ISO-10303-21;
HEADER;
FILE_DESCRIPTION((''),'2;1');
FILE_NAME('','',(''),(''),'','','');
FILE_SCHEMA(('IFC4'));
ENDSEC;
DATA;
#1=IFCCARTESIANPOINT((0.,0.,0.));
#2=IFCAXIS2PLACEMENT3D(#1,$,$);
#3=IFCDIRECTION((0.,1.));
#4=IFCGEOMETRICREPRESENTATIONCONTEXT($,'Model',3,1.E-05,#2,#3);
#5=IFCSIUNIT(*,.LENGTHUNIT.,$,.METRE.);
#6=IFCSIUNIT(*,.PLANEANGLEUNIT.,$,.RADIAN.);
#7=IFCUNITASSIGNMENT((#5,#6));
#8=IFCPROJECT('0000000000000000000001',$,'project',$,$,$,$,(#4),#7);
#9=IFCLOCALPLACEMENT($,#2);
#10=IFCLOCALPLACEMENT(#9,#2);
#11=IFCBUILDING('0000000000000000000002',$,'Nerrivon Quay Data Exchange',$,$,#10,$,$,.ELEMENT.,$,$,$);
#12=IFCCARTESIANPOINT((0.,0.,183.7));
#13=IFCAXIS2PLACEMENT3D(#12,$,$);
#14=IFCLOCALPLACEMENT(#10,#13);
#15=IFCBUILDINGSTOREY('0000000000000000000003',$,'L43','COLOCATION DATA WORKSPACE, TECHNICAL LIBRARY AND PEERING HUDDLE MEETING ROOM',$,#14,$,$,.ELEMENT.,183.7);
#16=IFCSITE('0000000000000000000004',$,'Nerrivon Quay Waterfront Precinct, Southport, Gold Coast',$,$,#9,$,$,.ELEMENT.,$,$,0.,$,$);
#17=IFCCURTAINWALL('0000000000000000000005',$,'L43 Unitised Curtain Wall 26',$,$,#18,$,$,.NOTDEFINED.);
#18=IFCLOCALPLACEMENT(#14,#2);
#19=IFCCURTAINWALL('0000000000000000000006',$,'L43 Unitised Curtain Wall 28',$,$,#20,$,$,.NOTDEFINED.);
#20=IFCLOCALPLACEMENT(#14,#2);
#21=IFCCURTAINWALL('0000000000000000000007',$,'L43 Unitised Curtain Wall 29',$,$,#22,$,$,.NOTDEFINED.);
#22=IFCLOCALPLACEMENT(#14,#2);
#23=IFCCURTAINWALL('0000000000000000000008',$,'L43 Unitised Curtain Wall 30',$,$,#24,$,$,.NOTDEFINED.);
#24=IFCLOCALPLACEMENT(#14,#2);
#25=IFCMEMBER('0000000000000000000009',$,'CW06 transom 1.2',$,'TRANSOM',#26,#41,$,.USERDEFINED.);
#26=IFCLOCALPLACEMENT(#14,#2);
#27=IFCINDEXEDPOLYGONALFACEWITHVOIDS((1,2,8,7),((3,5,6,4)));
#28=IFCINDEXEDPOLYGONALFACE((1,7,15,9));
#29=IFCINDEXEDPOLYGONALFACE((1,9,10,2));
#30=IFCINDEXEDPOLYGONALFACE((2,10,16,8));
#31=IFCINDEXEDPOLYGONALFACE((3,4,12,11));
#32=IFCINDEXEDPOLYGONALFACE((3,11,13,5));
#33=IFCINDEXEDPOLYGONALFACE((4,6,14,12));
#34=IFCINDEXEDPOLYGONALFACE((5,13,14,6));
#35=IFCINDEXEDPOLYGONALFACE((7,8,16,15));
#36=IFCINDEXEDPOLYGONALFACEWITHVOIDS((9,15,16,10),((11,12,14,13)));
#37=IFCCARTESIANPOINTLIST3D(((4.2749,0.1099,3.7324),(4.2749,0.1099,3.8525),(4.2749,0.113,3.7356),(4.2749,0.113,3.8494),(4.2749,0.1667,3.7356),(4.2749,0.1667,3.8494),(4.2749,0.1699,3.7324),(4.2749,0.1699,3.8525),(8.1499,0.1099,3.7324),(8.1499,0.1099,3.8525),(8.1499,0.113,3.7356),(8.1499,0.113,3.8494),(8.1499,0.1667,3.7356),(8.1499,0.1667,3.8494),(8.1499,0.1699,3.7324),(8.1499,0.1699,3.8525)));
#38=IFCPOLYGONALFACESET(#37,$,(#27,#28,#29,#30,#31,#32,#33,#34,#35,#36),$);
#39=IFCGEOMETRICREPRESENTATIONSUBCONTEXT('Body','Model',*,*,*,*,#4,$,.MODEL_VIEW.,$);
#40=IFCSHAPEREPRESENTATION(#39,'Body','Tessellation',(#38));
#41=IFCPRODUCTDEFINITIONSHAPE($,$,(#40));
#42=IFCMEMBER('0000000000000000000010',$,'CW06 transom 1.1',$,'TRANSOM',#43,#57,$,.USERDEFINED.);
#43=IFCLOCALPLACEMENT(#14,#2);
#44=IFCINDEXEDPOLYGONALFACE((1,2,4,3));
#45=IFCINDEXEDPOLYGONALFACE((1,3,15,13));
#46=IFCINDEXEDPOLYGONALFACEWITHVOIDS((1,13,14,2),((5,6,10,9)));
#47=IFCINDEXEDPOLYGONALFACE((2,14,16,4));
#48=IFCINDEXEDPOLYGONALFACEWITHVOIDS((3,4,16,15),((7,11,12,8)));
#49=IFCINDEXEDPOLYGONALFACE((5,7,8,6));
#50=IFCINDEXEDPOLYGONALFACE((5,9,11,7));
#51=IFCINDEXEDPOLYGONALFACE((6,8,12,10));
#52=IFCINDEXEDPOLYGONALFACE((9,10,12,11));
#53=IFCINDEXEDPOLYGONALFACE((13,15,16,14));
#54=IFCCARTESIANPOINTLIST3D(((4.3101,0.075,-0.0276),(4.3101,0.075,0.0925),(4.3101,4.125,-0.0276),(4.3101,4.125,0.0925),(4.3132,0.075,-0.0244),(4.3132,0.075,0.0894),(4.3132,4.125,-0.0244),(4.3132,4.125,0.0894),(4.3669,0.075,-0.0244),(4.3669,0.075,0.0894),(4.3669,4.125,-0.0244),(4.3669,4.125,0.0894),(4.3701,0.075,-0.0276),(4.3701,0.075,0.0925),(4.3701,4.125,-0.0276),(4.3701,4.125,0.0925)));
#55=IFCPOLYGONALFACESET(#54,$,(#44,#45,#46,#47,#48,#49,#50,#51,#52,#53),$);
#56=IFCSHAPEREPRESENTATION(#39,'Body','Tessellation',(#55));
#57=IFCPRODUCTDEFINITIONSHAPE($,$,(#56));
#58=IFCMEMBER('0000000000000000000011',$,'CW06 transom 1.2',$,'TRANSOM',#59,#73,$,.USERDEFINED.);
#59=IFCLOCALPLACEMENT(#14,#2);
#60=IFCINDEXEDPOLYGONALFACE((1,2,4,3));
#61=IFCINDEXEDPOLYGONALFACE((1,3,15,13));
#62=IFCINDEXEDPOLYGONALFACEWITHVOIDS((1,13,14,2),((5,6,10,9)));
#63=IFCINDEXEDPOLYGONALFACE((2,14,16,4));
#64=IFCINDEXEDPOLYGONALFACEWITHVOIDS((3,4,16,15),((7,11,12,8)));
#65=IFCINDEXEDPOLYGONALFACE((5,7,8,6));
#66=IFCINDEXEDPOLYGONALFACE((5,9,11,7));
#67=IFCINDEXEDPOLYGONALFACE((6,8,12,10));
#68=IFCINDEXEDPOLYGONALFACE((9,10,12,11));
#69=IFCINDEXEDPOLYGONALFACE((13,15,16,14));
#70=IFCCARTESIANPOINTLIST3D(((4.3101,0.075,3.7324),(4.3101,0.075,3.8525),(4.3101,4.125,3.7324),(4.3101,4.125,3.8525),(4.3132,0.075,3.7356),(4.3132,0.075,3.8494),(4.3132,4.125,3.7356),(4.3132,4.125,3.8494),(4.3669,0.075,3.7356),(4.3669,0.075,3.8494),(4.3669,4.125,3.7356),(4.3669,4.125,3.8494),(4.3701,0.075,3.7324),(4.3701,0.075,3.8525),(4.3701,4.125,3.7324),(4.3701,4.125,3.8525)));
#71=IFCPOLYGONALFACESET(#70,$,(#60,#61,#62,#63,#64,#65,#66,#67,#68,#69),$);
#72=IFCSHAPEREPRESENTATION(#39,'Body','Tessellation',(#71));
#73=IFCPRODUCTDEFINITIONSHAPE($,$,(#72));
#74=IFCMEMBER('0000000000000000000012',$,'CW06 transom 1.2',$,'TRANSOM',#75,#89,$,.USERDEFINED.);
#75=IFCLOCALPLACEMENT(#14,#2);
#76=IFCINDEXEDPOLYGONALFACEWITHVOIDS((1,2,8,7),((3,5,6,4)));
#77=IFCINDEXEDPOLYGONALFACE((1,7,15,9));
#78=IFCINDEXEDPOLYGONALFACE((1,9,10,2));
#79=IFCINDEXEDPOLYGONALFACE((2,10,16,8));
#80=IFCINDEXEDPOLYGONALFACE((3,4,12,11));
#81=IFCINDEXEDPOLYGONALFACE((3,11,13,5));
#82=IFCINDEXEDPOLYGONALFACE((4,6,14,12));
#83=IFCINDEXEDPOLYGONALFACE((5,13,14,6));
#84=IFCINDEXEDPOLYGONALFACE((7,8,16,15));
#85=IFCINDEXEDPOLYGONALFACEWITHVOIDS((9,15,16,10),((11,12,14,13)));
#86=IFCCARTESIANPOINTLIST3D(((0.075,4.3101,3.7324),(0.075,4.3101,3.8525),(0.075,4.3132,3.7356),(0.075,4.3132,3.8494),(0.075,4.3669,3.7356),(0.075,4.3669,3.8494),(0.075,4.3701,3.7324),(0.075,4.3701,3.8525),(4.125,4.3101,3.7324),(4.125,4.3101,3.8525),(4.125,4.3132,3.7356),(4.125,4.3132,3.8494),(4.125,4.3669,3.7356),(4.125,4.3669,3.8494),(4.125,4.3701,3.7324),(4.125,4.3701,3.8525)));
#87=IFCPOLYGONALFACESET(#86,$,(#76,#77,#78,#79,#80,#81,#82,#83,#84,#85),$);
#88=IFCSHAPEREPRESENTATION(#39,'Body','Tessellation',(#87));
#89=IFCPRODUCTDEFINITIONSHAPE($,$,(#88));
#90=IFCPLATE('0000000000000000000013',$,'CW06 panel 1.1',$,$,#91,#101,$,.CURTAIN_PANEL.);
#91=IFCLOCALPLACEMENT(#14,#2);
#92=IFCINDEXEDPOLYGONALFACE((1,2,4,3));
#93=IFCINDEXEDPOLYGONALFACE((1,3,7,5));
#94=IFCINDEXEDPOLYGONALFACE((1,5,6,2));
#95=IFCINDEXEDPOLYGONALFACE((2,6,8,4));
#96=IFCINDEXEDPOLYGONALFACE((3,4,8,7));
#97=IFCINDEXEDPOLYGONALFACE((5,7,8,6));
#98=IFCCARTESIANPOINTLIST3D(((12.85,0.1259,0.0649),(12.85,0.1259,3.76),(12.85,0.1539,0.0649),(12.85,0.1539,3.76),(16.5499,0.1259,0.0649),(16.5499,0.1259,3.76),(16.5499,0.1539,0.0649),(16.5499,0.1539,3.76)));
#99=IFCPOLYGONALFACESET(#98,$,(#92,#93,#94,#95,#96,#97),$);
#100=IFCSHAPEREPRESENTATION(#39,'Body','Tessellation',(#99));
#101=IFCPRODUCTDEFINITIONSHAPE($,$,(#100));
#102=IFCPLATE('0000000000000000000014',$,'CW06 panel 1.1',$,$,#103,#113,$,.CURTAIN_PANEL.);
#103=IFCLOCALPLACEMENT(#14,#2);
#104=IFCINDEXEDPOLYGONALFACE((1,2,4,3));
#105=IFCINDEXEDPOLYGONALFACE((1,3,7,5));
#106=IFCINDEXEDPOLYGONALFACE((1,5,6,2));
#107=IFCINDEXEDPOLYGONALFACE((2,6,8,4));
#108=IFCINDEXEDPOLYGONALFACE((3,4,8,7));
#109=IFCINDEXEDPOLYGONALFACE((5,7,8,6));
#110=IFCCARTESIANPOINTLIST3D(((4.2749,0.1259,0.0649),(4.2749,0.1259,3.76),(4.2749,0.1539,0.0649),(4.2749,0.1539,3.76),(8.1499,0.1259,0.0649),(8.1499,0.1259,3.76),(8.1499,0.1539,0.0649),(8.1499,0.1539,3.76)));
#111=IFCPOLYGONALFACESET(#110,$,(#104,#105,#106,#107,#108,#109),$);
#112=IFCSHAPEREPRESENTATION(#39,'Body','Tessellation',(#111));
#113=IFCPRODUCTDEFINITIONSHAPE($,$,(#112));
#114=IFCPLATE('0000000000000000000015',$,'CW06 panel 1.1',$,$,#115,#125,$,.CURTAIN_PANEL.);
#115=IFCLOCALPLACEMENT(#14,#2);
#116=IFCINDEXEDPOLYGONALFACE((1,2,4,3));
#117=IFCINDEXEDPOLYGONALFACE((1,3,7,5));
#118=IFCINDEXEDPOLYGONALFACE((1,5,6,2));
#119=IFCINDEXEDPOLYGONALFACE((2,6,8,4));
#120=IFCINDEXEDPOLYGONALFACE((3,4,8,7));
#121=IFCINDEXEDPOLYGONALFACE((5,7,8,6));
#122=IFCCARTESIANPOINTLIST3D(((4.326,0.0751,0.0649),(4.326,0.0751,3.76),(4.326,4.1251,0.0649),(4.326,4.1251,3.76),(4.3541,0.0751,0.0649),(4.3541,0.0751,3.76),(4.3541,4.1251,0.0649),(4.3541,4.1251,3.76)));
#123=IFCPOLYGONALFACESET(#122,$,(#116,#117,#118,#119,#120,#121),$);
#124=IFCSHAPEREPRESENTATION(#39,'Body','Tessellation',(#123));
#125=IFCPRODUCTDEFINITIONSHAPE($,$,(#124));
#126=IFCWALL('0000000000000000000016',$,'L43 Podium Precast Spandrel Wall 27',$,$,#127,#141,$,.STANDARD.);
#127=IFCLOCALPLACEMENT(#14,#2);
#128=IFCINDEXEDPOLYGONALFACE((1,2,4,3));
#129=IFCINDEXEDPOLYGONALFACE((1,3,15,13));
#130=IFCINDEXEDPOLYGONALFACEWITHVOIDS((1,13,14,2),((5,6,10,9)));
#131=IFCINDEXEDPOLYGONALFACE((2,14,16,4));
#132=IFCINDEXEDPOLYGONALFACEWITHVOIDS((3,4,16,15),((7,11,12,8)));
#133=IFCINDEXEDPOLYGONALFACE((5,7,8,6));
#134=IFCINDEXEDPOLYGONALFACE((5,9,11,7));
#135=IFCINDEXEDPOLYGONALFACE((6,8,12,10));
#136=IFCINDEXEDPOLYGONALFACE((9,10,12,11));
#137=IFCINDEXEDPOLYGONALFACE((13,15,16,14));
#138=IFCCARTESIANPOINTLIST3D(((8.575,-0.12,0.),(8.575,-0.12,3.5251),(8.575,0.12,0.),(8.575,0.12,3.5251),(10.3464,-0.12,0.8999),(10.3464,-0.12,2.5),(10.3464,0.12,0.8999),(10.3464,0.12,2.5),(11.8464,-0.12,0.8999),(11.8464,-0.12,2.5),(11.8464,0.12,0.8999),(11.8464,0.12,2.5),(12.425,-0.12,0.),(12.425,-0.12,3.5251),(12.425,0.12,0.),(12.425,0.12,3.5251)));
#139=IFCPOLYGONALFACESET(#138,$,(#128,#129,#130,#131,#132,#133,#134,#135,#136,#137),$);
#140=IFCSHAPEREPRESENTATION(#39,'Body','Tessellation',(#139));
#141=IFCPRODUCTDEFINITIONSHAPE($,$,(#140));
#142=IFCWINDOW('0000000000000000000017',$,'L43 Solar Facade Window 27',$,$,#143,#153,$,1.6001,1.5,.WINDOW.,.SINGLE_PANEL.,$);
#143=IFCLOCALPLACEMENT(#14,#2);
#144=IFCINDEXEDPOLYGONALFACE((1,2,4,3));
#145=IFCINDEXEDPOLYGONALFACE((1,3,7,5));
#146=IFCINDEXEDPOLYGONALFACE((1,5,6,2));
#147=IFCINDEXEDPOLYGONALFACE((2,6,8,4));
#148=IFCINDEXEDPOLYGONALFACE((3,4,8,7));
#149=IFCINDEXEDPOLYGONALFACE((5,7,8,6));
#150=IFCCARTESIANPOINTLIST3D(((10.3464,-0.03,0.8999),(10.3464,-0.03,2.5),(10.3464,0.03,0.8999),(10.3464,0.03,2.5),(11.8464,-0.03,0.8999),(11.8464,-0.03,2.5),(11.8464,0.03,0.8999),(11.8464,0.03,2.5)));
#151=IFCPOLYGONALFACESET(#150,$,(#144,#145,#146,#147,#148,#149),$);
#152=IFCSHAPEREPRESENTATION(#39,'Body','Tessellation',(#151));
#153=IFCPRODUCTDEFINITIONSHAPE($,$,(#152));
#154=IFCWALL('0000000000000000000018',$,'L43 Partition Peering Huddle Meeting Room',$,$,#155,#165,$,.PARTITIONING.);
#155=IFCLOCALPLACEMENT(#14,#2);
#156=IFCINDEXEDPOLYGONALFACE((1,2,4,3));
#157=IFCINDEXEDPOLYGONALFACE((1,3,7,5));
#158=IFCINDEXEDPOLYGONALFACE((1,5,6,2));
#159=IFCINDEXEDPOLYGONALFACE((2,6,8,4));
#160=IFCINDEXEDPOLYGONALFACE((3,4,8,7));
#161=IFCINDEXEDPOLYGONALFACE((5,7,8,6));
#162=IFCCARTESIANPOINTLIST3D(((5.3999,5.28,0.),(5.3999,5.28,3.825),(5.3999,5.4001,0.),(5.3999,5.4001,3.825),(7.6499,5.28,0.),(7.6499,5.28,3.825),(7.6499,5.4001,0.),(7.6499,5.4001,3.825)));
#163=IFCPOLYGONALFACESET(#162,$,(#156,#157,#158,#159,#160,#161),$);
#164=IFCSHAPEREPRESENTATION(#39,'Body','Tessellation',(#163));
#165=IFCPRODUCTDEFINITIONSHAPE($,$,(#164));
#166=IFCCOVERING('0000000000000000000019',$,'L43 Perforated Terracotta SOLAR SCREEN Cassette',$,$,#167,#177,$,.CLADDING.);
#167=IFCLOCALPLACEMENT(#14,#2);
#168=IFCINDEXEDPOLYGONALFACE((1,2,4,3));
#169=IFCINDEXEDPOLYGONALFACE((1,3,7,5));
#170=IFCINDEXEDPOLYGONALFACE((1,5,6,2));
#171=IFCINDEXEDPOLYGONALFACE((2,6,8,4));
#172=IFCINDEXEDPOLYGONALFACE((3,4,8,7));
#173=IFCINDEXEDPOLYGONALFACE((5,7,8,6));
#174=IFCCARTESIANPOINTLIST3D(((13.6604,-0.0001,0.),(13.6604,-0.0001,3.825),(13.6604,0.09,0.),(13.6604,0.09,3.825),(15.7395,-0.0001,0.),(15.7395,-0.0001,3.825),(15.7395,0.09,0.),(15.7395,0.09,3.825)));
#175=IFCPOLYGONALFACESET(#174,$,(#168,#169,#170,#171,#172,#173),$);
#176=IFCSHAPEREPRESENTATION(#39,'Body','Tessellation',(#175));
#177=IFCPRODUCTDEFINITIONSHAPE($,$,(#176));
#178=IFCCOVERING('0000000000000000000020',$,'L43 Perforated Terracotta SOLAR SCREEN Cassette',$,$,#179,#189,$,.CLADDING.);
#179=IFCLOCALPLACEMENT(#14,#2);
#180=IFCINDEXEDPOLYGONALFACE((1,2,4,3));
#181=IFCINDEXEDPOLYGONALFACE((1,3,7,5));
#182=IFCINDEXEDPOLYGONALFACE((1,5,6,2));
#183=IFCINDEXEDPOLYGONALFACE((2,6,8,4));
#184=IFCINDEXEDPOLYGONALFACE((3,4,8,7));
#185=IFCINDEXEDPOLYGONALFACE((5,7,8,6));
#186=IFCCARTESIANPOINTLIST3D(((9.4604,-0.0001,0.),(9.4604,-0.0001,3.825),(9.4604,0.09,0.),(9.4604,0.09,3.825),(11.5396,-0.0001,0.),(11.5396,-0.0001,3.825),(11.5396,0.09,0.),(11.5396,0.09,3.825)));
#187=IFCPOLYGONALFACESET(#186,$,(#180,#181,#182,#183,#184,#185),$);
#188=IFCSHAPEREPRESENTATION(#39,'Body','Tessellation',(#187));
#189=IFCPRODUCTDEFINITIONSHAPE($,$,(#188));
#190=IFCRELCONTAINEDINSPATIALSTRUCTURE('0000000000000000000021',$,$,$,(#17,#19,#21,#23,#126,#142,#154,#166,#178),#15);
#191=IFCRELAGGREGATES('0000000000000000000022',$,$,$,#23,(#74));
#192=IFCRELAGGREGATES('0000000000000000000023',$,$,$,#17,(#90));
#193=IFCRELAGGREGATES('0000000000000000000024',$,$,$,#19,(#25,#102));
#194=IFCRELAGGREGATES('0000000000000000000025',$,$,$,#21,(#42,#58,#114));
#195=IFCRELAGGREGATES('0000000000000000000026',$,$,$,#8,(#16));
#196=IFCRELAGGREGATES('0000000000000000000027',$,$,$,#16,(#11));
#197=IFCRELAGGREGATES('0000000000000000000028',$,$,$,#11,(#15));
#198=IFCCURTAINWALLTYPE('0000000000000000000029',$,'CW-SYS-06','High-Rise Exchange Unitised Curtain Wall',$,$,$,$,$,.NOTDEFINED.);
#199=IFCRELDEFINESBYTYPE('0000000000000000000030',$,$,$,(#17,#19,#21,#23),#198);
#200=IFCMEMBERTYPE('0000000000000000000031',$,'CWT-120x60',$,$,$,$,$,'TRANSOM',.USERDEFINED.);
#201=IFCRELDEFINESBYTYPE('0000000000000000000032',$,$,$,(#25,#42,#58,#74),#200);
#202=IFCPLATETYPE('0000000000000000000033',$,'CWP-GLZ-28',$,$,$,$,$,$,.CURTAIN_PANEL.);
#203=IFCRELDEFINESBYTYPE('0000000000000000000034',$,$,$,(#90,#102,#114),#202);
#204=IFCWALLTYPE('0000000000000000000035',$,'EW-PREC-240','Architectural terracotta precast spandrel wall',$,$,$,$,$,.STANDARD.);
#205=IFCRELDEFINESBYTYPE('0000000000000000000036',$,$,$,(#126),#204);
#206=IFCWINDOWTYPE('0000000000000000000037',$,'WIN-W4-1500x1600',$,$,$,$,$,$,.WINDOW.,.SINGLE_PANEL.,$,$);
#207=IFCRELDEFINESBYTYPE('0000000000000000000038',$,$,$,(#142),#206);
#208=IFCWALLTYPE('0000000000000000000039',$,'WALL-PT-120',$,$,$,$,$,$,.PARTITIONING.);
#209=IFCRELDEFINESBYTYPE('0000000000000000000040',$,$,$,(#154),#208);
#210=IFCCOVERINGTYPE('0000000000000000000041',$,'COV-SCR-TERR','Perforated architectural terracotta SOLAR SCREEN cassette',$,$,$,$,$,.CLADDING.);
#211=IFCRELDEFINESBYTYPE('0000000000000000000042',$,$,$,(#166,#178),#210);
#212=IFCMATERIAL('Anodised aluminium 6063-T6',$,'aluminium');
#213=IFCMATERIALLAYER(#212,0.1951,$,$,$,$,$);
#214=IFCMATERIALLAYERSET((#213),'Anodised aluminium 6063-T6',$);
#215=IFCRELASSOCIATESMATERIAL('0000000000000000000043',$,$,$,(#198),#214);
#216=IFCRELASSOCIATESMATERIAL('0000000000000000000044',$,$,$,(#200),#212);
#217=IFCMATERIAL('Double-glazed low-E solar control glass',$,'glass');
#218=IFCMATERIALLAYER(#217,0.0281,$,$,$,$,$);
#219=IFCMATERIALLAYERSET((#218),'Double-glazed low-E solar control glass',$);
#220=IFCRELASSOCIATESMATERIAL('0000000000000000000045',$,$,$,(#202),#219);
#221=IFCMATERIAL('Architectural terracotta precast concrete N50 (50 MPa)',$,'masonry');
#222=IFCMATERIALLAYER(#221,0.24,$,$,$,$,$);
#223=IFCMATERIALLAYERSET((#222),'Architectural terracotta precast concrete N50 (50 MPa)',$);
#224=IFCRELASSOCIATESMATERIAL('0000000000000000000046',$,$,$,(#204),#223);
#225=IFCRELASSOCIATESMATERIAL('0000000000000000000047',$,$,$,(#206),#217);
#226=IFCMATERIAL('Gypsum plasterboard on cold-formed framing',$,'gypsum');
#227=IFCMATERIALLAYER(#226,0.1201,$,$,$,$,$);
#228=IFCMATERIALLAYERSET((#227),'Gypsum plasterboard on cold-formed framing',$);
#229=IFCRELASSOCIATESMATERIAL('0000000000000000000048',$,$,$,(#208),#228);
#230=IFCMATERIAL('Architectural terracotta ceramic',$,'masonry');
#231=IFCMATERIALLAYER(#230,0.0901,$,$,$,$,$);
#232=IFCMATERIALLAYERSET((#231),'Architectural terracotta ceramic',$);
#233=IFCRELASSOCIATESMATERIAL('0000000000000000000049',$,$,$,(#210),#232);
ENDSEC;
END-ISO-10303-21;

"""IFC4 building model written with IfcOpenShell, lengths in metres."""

from ifc_helpers import new_model, si_unit, direction, frame, frame_2d, origin, origin_2d, place, context, subcontext, project, spatial, rectangle, hollow_rectangle, extrude, material, layer, layer_set, material_profile, profile_set, type_object, element, fill, aggregate, save


model = new_model("IFC4")

# Units and contexts
model_context = context("Model", 3, precision=1e-05, world=origin(), true_north=direction((0.0, 1.0)))
body_context = subcontext(model_context, "Body", "Model", "MODEL_VIEW")
ifc_project = project(units=[si_unit("LENGTHUNIT", "METRE"), si_unit("PLANEANGLEUNIT", "RADIAN")], contexts=[model_context])

# Site, building, storey
site_placement = place(None, origin())
site = spatial("IfcSite", under=ifc_project, at=site_placement, Name="Nerrivon Quay Waterfront Precinct, Southport, Gold Coast", CompositionType="ELEMENT", RefElevation=0.0)
building_placement = place(site_placement, origin())
building = spatial("IfcBuilding", under=site, at=building_placement, Name="Nerrivon Quay Data Exchange", CompositionType="ELEMENT")
storey_placement = place(building_placement, frame((0.0, 0.0, 183.7)))
storey = spatial("IfcBuildingStorey", under=building, at=storey_placement, Name="L43", Description="COLOCATION DATA WORKSPACE, TECHNICAL LIBRARY AND PEERING HUDDLE MEETING ROOM", CompositionType="ELEMENT", Elevation=183.7)

# Curtain wall
ifc_material_1 = material(Name="Anodised aluminium 6063-T6", Category="aluminium")
ifc_layer_1 = layer(ifc_material_1, 0.1951)
ifc_layer_set_1 = layer_set([ifc_layer_1], Name="Anodised aluminium 6063-T6")
curtain_wall_type = type_object("IfcCurtainWallType", Name="CW-SYS-06", Description="High-Rise Exchange Unitised Curtain Wall", PredefinedType="NOTDEFINED", material=ifc_layer_set_1)
curtain_wall_1_placement = place(storey_placement, origin())
curtain_wall_1 = element("IfcCurtainWall", 1, at=curtain_wall_1_placement, inside=storey, type_object=curtain_wall_type, Name="L43 Unitised Curtain Wall 26", PredefinedType="NOTDEFINED")

# Curtain walls
curtain_wall_2_placement = place(storey_placement, origin())
curtain_wall_2 = element("IfcCurtainWall", 2, at=curtain_wall_2_placement, inside=storey, type_object=curtain_wall_type, Name="L43 Unitised Curtain Wall 28", PredefinedType="NOTDEFINED")
curtain_wall_3_placement = place(storey_placement, origin())
curtain_wall_3 = element("IfcCurtainWall", 3, at=curtain_wall_3_placement, inside=storey, type_object=curtain_wall_type, Name="L43 Unitised Curtain Wall 29", PredefinedType="NOTDEFINED")

# Curtain wall
curtain_wall_4_placement = place(storey_placement, origin())
curtain_wall_4 = element("IfcCurtainWall", 4, at=curtain_wall_4_placement, inside=storey, type_object=curtain_wall_type, Name="L43 Unitised Curtain Wall 30", PredefinedType="NOTDEFINED")

# Members
ifc_material_profile_1 = material_profile(ifc_material_1, hollow_rectangle(XDim=0.0601, YDim=0.1201, WallThickness=0.0032, at=origin_2d()), Name="ALU-TRAN-120x60")
ifc_profile_set_1 = profile_set([ifc_material_profile_1], Name="Anodised aluminium 6063-T6")
member_type_1 = type_object("IfcMemberType", Name="CWT-120x60", ElementType="TRANSOM", PredefinedType="USERDEFINED", material=ifc_profile_set_1)
member_1_placement = place(storey_placement, frame((8.1499, 0.1399, 3.7925), z_axis=(-1.0, 0.0, 0.0), x_axis=(0.0, -1.0, 0.0)))
member_1 = element("IfcMember", 5, at=member_1_placement, type_object=member_type_1, Name="CW06 transom 1.2", ObjectType="TRANSOM", PredefinedType="USERDEFINED", context=body_context, shape_type="SweptSolid", body=[
    extrude(hollow_rectangle(XDim=0.0601, YDim=0.1201, WallThickness=0.0032, at=origin_2d()), origin(), (0.0, 0.0, 1.0), 3.875),
])
member_2_placement = place(storey_placement, frame((4.3401, 0.075, 0.0325), z_axis=(0.0, 1.0, 0.0), x_axis=(-1.0, 0.0, 0.0)))
member_2 = element("IfcMember", 6, at=member_2_placement, type_object=member_type_1, Name="CW06 transom 1.1", ObjectType="TRANSOM", PredefinedType="USERDEFINED", context=body_context, shape_type="SweptSolid", body=[
    extrude(hollow_rectangle(XDim=0.0601, YDim=0.1201, WallThickness=0.0032, at=origin_2d()), origin(), (0.0, 0.0, 1.0), 4.05),
])
member_3_placement = place(storey_placement, frame((4.3401, 0.075, 3.7925), z_axis=(0.0, 1.0, 0.0), x_axis=(-1.0, 0.0, 0.0)))
member_3 = element("IfcMember", 7, at=member_3_placement, type_object=member_type_1, Name="CW06 transom 1.2", ObjectType="TRANSOM", PredefinedType="USERDEFINED", context=body_context, shape_type="SweptSolid", body=[
    extrude(hollow_rectangle(XDim=0.0601, YDim=0.1201, WallThickness=0.0032, at=origin_2d()), origin(), (0.0, 0.0, 1.0), 4.05),
])
member_4_placement = place(storey_placement, frame((4.125, 4.3401, 3.7925), z_axis=(-1.0, 0.0, 0.0), x_axis=(0.0, -1.0, 0.0)))
member_4 = element("IfcMember", 8, at=member_4_placement, type_object=member_type_1, Name="CW06 transom 1.2", ObjectType="TRANSOM", PredefinedType="USERDEFINED", context=body_context, shape_type="SweptSolid", body=[
    extrude(hollow_rectangle(XDim=0.0601, YDim=0.1201, WallThickness=0.0032, at=origin_2d()), origin(), (0.0, 0.0, 1.0), 4.05),
])
aggregate(curtain_wall_4, [member_4])

# Plates
ifc_material_2 = material(Name="Double-glazed low-E solar control glass", Category="glass")
ifc_layer_2 = layer(ifc_material_2, 0.0281)
ifc_layer_set_2 = layer_set([ifc_layer_2], Name="Double-glazed low-E solar control glass")
plate_type = type_object("IfcPlateType", Name="CWP-GLZ-28", PredefinedType="CURTAIN_PANEL", material=ifc_layer_set_2)
plate_1_placement = place(storey_placement, frame((14.7, 0.1399, 0.0649), z_axis=(0.0, 0.0, 1.0), x_axis=(-1.0, 0.0, 0.0)))
plate_1 = element("IfcPlate", 9, at=plate_1_placement, type_object=plate_type, Name="CW06 panel 1.1", PredefinedType="CURTAIN_PANEL", context=body_context, shape_type="SweptSolid", body=[
    extrude(rectangle(XDim=3.7, YDim=0.0281, at=origin_2d()), origin(), (0.0, 0.0, 1.0), 3.6951),
])
aggregate(curtain_wall_1, [plate_1])
plate_2_placement = place(storey_placement, frame((6.2124, 0.1399, 0.0649), z_axis=(0.0, 0.0, 1.0), x_axis=(-1.0, 0.0, 0.0)))
plate_2 = element("IfcPlate", 10, at=plate_2_placement, type_object=plate_type, Name="CW06 panel 1.1", PredefinedType="CURTAIN_PANEL", context=body_context, shape_type="SweptSolid", body=[
    extrude(rectangle(XDim=3.875, YDim=0.0281, at=origin_2d()), origin(), (0.0, 0.0, 1.0), 3.6951),
])
aggregate(curtain_wall_2, [member_1, plate_2])
plate_3_placement = place(storey_placement, frame((4.3401, 2.1001, 0.0649), z_axis=(0.0, 0.0, 1.0), x_axis=(0.0, 1.0, 0.0)))
plate_3 = element("IfcPlate", 11, at=plate_3_placement, type_object=plate_type, Name="CW06 panel 1.1", PredefinedType="CURTAIN_PANEL", context=body_context, shape_type="SweptSolid", body=[
    extrude(rectangle(XDim=4.05, YDim=0.0281, at=origin_2d()), origin(), (0.0, 0.0, 1.0), 3.6951),
])
aggregate(curtain_wall_3, [member_2, member_3, plate_3])

# Wall, opening, window
ifc_material_3 = material(Name="Architectural terracotta precast concrete N50 (50 MPa)", Category="masonry")
ifc_layer_3 = layer(ifc_material_3, 0.24)
ifc_layer_set_3 = layer_set([ifc_layer_3], Name="Architectural terracotta precast concrete N50 (50 MPa)")
wall_type_1 = type_object("IfcWallType", Name="EW-PREC-240", Description="Architectural terracotta precast spandrel wall", PredefinedType="STANDARD", material=ifc_layer_set_3)
wall_1_placement = place(storey_placement, frame((12.425, 0.0, 0.0), z_axis=(0.0, 0.0, 1.0), x_axis=(-1.0, 0.0, 0.0)))
wall_1 = element("IfcWall", 12, at=wall_1_placement, inside=storey, type_object=wall_type_1, Name="L43 Podium Precast Spandrel Wall 27", PredefinedType="STANDARD", context=body_context, shape_type="SweptSolid", body=[
    extrude(rectangle(XDim=3.8501, YDim=0.24, at=frame_2d((1.925, 0.0))), origin(), (0.0, 0.0, 1.0), 3.5251),
])
opening_placement = place(wall_1_placement, frame((0.5786, 0.0, 0.8999)))
opening = element("IfcOpeningElement", 13, at=opening_placement, cuts=wall_1, PredefinedType="OPENING", context=body_context, shape_type="SweptSolid", body=[
    extrude(rectangle(XDim=1.5, YDim=1.6001, at=frame_2d((0.75, 0.8))), frame((0.0, 0.1299, 0.0), z_axis=(0.0, -1.0, 0.0), x_axis=(1.0, 0.0, 0.0)), (0.0, 0.0, 1.0), 0.26),
])
window_type = type_object("IfcWindowType", Name="WIN-W4-1500x1600", PartitioningType="SINGLE_PANEL", PredefinedType="WINDOW", material=ifc_material_2)
window_placement = place(opening_placement, origin())
window = element("IfcWindow", 14, at=window_placement, inside=storey, type_object=window_type, Name="L43 Solar Facade Window 27", OverallHeight=1.6001, OverallWidth=1.5, PartitioningType="SINGLE_PANEL", PredefinedType="WINDOW", context=body_context, shape_type="SweptSolid", body=[
    extrude(rectangle(XDim=1.5, YDim=1.6001, at=frame_2d((0.75, 0.8))), frame((0.0, 0.03, 0.0), z_axis=(0.0, -1.0, 0.0), x_axis=(1.0, 0.0, 0.0)), (0.0, 0.0, 1.0), 0.0601),
])
fill(opening, window)

# Wall
ifc_material_4 = material(Name="Gypsum plasterboard on cold-formed framing", Category="gypsum")
ifc_layer_4 = layer(ifc_material_4, 0.1201)
ifc_layer_set_4 = layer_set([ifc_layer_4], Name="Gypsum plasterboard on cold-formed framing")
wall_type_2 = type_object("IfcWallType", Name="WALL-PT-120", PredefinedType="PARTITIONING", material=ifc_layer_set_4)
wall_2_placement = place(storey_placement, frame((7.6499, 5.3401, 0.0), z_axis=(0.0, 0.0, 1.0), x_axis=(-1.0, 0.0, 0.0)))
element("IfcWall", 15, at=wall_2_placement, inside=storey, type_object=wall_type_2, Name="L43 Partition Peering Huddle Meeting Room", PredefinedType="PARTITIONING", context=body_context, shape_type="SweptSolid", body=[
    extrude(rectangle(XDim=2.25, YDim=0.1201, at=frame_2d((1.125, 0.0))), origin(), (0.0, 0.0, 1.0), 3.825),
])

# Coverings
ifc_material_5 = material(Name="Architectural terracotta ceramic", Category="masonry")
ifc_layer_5 = layer(ifc_material_5, 0.0901)
ifc_layer_set_5 = layer_set([ifc_layer_5], Name="Architectural terracotta ceramic")
covering_type = type_object("IfcCoveringType", Name="COV-SCR-TERR", Description="Perforated architectural terracotta SOLAR SCREEN cassette", PredefinedType="CLADDING", material=ifc_layer_set_5)
for number, where, z_axis, x_axis, name in (
    (16, (14.7, 0.0449, 0.0), (0.0, 0.0, 1.0), (-1.0, 0.0, 0.0), "L43 Perforated Terracotta SOLAR SCREEN Cassette"),
    (17, (10.5, 0.0449, 0.0), (0.0, 0.0, 1.0), (-1.0, 0.0, 0.0), "L43 Perforated Terracotta SOLAR SCREEN Cassette"),
):
    element("IfcCovering", number, at=place(storey_placement, frame(where, z_axis=z_axis, x_axis=x_axis)), inside=storey, type_object=covering_type, Name=name, PredefinedType="CLADDING", context=body_context, shape_type="SweptSolid", body=[
        extrude(rectangle(XDim=2.0791, YDim=0.0901, at=origin_2d()), origin(), (0.0, 0.0, 1.0), 3.825),
    ])

save(model, "model.ifc")
